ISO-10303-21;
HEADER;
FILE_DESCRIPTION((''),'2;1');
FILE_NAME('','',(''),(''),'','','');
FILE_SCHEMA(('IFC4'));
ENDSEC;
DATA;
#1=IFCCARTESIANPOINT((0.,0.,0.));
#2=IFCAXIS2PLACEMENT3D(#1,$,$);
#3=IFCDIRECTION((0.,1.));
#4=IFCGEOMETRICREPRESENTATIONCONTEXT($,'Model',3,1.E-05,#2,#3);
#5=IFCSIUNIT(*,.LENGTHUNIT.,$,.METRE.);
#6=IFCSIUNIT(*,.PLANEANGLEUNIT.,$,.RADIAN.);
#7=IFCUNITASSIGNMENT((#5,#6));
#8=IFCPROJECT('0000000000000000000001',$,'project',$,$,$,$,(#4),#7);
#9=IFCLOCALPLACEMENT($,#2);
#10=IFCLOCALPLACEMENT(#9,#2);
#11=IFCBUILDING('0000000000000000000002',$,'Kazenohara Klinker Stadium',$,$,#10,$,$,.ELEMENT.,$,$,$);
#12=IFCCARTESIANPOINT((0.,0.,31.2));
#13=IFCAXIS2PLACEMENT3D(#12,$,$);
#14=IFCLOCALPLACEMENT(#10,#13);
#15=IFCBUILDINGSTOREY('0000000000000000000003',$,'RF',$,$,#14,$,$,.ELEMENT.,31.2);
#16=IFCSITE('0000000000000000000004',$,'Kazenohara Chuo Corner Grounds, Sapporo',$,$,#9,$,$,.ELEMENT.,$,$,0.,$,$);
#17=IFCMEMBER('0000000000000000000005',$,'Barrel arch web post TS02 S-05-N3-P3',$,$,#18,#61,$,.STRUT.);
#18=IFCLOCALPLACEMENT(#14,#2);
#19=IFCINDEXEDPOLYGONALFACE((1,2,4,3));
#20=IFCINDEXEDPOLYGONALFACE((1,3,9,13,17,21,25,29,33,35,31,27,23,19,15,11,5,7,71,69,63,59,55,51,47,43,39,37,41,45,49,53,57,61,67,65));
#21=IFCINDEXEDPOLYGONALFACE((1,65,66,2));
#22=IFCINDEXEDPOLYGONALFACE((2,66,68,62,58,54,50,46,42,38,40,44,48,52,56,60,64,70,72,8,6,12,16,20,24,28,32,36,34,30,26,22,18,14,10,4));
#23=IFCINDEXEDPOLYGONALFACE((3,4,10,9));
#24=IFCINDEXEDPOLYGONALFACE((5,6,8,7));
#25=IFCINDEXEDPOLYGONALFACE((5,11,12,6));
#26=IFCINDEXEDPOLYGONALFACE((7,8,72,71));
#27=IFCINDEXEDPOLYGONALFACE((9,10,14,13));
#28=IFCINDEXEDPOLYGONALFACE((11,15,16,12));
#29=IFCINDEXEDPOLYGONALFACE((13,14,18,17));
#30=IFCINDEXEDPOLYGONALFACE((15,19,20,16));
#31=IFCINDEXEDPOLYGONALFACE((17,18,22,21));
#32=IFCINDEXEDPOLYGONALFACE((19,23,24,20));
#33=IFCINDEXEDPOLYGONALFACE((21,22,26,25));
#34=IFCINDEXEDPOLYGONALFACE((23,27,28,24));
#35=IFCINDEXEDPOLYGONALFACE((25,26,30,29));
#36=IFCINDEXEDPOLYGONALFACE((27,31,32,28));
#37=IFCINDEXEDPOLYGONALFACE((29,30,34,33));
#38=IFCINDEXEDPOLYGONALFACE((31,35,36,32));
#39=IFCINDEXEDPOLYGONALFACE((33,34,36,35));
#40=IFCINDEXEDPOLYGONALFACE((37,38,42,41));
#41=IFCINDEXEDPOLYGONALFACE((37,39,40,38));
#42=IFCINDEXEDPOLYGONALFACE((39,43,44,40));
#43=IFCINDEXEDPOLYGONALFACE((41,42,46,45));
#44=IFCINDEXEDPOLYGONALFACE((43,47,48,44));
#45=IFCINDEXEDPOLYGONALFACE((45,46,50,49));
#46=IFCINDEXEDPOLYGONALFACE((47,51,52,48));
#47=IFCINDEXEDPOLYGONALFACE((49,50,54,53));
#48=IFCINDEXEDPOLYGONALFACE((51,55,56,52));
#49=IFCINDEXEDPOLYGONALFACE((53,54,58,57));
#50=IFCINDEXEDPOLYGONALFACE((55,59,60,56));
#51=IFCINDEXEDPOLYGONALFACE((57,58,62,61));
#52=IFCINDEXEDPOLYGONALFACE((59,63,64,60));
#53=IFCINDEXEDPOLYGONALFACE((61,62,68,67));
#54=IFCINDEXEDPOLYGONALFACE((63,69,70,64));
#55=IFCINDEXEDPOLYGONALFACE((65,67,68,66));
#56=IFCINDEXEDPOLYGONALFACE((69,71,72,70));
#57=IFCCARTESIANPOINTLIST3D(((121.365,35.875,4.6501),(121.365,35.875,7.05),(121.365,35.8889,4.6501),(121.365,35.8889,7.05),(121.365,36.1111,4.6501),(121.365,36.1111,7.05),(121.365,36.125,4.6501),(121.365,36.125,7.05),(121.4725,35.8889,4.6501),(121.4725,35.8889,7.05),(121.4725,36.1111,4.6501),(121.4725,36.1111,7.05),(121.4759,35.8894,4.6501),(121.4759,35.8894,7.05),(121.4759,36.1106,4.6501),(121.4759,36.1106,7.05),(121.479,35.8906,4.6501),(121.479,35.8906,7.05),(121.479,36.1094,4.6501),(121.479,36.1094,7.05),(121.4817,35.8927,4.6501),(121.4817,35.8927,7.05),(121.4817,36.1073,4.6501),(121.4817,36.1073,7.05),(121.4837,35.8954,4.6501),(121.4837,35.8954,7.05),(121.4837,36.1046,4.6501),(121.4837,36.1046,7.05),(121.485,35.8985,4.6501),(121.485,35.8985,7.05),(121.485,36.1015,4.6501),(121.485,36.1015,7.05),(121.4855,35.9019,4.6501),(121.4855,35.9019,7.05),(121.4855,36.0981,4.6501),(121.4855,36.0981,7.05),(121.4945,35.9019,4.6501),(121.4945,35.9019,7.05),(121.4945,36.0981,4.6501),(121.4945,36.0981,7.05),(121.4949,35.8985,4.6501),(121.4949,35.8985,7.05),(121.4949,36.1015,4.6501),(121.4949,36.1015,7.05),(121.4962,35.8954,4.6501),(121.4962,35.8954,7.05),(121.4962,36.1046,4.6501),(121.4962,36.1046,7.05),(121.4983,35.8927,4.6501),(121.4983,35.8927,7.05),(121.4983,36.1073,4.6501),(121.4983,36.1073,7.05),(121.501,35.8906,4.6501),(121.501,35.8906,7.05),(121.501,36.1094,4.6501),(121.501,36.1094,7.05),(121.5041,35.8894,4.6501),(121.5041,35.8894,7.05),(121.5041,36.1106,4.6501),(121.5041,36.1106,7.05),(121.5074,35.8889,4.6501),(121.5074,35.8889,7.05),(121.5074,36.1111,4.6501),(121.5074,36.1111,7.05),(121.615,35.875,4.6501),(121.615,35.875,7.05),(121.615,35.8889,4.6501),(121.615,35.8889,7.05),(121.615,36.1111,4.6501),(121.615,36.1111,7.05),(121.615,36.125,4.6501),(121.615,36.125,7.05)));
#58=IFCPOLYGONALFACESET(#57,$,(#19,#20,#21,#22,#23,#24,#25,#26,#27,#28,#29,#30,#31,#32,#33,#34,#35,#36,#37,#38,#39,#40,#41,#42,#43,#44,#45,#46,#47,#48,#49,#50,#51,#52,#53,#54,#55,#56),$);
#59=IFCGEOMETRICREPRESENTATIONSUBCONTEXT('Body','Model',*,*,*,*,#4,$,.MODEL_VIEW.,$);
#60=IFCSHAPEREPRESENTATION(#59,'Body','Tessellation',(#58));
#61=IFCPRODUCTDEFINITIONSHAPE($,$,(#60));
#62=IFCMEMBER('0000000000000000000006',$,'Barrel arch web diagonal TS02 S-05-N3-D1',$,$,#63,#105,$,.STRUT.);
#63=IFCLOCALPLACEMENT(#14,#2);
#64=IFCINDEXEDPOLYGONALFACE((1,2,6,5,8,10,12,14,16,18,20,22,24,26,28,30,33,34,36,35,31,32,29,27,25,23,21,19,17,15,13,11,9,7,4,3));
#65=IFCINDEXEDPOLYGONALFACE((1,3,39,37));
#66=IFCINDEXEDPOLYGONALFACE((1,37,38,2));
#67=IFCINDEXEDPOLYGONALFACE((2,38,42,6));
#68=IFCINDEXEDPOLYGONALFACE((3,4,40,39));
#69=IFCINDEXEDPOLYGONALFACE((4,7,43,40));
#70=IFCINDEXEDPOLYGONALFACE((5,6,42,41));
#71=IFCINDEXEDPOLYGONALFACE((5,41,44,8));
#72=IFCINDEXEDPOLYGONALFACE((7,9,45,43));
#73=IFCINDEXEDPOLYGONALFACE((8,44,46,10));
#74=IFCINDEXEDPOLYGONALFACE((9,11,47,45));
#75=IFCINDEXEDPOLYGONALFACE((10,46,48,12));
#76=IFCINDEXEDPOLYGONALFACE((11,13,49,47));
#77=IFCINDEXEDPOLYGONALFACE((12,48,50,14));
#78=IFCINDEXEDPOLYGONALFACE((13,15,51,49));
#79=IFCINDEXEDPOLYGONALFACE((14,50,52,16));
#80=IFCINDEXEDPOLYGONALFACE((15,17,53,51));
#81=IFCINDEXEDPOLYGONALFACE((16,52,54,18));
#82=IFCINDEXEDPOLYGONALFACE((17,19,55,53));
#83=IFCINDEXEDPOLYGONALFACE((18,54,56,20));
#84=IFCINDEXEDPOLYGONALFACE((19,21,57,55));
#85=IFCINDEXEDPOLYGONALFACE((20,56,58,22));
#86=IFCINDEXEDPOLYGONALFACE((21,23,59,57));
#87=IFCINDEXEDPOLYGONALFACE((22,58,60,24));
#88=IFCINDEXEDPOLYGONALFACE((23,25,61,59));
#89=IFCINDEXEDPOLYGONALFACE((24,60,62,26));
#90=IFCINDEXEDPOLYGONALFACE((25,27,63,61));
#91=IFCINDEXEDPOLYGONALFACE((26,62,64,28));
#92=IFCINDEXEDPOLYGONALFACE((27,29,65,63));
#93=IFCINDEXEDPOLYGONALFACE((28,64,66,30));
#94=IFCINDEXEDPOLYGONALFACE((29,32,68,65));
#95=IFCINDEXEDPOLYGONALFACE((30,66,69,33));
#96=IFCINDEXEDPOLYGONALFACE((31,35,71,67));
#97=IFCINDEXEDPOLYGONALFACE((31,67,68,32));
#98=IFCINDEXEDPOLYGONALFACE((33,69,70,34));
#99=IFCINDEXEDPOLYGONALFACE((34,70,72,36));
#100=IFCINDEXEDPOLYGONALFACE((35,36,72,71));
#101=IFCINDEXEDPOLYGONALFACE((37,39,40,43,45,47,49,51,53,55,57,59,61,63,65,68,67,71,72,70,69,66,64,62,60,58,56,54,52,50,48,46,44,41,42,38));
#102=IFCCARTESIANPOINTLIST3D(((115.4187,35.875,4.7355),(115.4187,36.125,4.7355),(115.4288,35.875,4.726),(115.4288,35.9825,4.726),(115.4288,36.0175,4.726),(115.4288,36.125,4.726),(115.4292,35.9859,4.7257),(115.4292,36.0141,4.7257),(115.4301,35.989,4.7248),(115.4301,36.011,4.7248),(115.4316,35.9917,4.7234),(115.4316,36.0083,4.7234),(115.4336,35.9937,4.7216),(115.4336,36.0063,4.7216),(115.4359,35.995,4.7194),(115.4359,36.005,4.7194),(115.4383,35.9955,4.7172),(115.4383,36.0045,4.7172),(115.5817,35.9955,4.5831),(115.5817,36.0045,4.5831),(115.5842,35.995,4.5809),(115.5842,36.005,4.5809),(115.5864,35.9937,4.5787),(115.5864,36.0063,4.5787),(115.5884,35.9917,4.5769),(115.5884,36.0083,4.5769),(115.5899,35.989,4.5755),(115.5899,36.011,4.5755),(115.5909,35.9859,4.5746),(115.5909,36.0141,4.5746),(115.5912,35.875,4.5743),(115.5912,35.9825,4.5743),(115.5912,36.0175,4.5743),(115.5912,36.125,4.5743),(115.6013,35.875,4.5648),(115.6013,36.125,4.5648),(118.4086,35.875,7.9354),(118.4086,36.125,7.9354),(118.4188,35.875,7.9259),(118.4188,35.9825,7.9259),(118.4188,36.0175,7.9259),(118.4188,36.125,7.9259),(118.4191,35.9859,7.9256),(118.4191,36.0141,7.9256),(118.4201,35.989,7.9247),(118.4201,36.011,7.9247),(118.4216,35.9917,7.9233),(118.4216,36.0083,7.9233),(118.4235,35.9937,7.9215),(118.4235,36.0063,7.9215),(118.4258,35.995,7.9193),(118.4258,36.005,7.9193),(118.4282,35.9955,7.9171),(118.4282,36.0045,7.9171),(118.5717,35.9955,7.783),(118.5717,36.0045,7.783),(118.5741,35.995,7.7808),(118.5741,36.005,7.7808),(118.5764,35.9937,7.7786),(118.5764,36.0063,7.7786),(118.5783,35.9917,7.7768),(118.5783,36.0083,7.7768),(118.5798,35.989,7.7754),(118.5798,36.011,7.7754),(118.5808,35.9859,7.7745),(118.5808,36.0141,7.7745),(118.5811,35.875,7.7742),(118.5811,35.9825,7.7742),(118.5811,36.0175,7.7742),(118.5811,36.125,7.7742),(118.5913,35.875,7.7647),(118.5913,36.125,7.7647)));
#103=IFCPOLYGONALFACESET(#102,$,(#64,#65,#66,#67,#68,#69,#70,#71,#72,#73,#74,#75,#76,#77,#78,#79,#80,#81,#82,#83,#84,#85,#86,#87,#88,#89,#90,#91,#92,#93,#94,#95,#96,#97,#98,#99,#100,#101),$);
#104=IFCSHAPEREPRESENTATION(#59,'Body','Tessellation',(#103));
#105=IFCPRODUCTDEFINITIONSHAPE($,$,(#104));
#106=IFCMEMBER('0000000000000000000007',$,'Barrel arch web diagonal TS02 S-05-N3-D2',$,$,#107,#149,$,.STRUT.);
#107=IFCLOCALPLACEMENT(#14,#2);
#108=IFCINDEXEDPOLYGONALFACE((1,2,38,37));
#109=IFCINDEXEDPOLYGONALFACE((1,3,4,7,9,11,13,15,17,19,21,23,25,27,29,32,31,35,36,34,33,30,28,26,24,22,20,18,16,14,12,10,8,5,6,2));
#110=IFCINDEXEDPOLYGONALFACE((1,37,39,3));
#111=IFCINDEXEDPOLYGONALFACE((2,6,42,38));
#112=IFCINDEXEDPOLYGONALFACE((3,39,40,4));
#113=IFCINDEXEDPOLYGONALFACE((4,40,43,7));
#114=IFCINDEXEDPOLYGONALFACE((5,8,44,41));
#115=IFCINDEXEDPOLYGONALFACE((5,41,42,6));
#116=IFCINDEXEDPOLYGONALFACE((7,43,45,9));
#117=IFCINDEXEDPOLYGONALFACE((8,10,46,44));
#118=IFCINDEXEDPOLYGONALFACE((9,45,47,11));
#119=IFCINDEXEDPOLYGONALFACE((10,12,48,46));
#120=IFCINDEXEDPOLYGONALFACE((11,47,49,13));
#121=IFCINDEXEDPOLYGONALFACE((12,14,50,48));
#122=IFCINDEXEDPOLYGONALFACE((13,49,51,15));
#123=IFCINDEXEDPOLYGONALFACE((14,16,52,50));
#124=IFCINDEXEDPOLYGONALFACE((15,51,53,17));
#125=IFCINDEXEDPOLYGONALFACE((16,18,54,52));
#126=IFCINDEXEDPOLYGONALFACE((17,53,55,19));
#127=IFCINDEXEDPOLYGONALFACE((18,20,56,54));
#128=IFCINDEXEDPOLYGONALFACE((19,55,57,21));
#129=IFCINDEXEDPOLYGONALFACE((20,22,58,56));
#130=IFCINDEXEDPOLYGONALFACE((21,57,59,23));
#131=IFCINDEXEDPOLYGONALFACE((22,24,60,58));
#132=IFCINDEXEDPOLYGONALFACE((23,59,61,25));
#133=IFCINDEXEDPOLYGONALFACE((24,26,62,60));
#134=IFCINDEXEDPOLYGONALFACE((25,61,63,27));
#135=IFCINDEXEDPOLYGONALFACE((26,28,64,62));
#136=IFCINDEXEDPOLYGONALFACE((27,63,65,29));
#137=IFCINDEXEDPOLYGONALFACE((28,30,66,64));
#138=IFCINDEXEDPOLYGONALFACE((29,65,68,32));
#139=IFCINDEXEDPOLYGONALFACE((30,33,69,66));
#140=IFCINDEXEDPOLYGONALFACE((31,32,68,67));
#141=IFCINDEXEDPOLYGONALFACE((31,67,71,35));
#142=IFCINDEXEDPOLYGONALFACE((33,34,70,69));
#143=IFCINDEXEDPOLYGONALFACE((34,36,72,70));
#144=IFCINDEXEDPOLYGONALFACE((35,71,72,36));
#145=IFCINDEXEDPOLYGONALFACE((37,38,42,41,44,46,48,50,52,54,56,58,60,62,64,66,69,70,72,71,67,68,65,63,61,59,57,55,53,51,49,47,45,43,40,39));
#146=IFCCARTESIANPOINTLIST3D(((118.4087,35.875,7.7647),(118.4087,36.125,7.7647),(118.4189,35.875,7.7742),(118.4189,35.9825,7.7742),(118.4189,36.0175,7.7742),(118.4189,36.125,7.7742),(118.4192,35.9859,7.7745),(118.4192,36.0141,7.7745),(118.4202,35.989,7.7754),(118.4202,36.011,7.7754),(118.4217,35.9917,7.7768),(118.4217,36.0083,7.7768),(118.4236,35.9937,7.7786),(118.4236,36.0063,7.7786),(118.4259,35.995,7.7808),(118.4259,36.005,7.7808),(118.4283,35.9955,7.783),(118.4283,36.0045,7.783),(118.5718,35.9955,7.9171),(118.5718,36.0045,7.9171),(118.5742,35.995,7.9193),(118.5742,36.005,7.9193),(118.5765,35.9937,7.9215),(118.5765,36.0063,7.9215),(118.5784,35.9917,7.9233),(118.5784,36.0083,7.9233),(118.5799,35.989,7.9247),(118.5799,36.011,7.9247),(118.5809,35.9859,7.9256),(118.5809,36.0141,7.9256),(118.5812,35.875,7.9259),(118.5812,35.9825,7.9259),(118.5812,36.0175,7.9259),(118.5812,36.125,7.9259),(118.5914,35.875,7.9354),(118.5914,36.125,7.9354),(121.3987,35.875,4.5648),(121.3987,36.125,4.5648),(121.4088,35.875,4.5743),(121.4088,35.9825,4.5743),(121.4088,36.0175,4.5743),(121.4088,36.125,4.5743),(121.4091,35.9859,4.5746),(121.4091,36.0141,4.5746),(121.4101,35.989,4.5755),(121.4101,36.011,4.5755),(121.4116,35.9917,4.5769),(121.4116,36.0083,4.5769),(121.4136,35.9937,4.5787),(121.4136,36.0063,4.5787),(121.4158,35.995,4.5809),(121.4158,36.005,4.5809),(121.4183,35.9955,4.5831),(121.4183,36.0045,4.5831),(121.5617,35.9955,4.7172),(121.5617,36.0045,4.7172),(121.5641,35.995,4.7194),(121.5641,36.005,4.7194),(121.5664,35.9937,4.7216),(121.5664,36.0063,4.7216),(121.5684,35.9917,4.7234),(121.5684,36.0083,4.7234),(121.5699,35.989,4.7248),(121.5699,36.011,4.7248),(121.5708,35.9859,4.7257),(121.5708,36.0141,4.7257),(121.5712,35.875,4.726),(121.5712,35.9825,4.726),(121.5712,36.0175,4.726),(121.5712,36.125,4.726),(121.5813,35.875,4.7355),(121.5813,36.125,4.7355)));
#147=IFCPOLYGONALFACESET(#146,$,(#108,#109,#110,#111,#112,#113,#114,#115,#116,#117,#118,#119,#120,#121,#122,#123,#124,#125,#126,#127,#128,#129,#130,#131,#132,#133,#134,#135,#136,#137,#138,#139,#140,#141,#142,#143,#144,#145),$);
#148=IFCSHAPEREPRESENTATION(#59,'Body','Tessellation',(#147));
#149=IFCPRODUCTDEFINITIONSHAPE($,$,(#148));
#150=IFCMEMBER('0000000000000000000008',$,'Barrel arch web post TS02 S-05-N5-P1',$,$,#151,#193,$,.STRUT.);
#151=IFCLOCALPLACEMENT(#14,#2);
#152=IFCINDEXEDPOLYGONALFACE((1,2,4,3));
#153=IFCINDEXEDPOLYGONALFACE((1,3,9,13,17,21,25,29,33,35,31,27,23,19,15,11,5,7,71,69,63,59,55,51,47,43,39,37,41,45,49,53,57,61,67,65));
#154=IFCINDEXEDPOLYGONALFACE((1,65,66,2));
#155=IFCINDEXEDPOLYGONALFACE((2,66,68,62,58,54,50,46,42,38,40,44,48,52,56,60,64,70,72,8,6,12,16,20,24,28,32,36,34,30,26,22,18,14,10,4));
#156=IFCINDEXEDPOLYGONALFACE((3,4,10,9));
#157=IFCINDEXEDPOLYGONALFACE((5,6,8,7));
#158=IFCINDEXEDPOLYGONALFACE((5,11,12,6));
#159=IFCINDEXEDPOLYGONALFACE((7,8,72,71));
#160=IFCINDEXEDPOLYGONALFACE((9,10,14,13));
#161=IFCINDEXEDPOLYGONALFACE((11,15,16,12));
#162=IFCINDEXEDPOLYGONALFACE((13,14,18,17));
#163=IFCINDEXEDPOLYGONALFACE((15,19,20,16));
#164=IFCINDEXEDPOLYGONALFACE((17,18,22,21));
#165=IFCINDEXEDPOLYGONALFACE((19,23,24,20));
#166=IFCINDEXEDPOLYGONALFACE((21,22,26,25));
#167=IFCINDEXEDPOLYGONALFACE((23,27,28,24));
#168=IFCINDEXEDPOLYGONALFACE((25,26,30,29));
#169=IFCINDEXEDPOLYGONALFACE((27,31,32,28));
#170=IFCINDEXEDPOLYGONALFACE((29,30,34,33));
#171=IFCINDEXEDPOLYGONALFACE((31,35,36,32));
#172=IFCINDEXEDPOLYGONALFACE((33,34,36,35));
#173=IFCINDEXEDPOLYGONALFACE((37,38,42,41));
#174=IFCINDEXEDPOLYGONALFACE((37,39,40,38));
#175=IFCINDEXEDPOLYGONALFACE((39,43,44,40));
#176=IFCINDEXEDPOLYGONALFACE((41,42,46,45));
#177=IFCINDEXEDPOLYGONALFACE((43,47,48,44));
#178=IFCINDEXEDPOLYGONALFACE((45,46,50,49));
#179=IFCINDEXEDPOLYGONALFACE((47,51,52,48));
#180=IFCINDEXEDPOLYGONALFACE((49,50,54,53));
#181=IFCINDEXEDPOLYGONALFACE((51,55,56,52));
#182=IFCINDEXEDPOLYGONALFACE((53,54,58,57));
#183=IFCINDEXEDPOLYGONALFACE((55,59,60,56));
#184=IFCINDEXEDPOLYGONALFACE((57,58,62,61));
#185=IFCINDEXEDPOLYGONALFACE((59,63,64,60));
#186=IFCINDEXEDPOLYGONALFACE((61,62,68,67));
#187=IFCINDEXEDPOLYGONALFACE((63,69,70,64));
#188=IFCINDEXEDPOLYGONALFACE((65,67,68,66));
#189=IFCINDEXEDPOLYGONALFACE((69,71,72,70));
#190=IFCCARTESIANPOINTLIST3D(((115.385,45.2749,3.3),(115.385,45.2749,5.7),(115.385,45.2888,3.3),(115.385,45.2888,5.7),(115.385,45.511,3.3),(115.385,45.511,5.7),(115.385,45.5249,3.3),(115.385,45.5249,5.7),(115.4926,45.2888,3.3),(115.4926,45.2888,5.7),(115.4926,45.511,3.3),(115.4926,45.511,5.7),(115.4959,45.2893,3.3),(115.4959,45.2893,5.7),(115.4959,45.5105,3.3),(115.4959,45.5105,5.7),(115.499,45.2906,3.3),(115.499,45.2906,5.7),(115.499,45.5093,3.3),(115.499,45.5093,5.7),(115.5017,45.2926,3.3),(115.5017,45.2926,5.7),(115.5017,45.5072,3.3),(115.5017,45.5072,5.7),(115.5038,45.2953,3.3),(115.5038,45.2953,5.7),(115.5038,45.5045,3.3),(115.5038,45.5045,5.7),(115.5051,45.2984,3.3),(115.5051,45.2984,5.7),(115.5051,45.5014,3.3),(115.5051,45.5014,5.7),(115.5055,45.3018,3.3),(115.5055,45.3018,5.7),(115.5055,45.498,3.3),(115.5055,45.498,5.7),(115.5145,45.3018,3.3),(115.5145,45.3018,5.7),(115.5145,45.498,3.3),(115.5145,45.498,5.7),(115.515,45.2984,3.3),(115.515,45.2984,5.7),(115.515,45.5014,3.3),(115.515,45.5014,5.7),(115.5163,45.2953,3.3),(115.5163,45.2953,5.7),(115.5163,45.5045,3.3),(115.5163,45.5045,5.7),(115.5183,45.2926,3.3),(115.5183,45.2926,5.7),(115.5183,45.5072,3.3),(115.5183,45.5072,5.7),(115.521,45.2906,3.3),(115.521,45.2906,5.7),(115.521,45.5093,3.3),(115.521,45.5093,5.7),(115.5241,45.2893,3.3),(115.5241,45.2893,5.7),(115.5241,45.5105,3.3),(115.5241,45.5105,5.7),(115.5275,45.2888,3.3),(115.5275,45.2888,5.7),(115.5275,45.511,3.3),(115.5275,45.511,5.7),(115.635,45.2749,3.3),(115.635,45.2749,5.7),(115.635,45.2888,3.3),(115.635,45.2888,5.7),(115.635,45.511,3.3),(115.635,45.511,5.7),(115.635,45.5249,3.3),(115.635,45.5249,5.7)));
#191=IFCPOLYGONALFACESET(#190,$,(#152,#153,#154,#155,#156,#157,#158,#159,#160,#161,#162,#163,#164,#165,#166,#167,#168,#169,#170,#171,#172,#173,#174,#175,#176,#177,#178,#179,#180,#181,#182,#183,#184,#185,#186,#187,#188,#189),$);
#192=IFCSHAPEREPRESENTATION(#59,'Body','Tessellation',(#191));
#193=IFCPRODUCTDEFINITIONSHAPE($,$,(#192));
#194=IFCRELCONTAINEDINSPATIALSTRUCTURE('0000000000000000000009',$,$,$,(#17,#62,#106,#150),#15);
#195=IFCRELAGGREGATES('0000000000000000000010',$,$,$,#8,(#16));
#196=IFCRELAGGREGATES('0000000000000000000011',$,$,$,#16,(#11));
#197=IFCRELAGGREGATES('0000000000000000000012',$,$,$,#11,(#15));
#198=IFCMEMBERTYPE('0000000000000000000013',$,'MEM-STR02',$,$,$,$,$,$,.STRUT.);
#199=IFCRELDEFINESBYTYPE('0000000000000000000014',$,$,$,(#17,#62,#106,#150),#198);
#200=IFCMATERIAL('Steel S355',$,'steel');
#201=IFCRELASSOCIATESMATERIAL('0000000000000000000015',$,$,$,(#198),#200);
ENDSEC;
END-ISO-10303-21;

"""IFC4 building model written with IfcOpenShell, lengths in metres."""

from ifc_helpers import new_model, si_unit, direction, frame, origin, origin_2d, place, context, subcontext, project, spatial, i_section, extrude, material, material_profile, profile_set, type_object, element, save


model = new_model("IFC4")

# Units and contexts
model_context = context("Model", 3, precision=1e-05, world=origin(), true_north=direction((0.0, 1.0)))
body_context = subcontext(model_context, "Body", "Model", "MODEL_VIEW")
ifc_project = project(units=[si_unit("LENGTHUNIT", "METRE"), si_unit("PLANEANGLEUNIT", "RADIAN")], contexts=[model_context])

# Site, building, storey
site_placement = place(None, origin())
site = spatial("IfcSite", under=ifc_project, at=site_placement, Name="Kazenohara Chuo Corner Grounds, Sapporo", CompositionType="ELEMENT", RefElevation=0.0)
building_placement = place(site_placement, origin())
building = spatial("IfcBuilding", under=site, at=building_placement, Name="Kazenohara Klinker Stadium", CompositionType="ELEMENT")
storey_placement = place(building_placement, frame((0.0, 0.0, 31.2)))
storey = spatial("IfcBuildingStorey", under=building, at=storey_placement, Name="RF", CompositionType="ELEMENT", Elevation=31.2)

# Members
ifc_material_1 = material(Name="Steel S355", Category="steel")
ifc_material_profile_1 = material_profile(ifc_material_1, i_section(OverallWidth=0.25, OverallDepth=0.25, WebThickness=0.009, FlangeThickness=0.0139, FilletRadius=0.0129, at=origin_2d()), Name="H-250x250x9x14")
ifc_profile_set_1 = profile_set([ifc_material_profile_1], Name="Steel S355")
member_type_1 = type_object("IfcMemberType", Name="MEM-STR02", PredefinedType="STRUT", material=ifc_profile_set_1)
member_1_placement = place(storey_placement, frame((121.49, 36.0, 4.6501), z_axis=(0.0, 0.0, 1.0), x_axis=(1.0, 0.0, 0.0)))
element("IfcMember", 1, at=member_1_placement, inside=storey, type_object=member_type_1, Name="Barrel arch web post TS02 S-05-N3-P3", PredefinedType="STRUT", context=body_context, shape_type="SweptSolid", body=[
    extrude(i_section(OverallWidth=0.25, OverallDepth=0.25, WebThickness=0.009, FlangeThickness=0.0139, FilletRadius=0.0129, at=origin_2d()), origin(), (0.0, 0.0, 1.0), 2.3999),
])
for number, where, z_axis, x_axis, name in (
    (2, (115.51, 36.0, 4.6501), (0.682729, 0.0, 0.730671), (0.0, 1.0, 0.0), "Barrel arch web diagonal TS02 S-05-N3-D1"),
    (3, (121.49, 36.0, 4.6501), (-0.682729, 0.0, 0.730671), (0.0, -1.0, 0.0), "Barrel arch web diagonal TS02 S-05-N3-D2"),
):
    element("IfcMember", number, at=place(storey_placement, frame(where, z_axis=z_axis, x_axis=x_axis)), inside=storey, type_object=member_type_1, Name=name, PredefinedType="STRUT", context=body_context, shape_type="SweptSolid", body=[
        extrude(i_section(OverallWidth=0.25, OverallDepth=0.25, WebThickness=0.009, FlangeThickness=0.0139, FilletRadius=0.0129, at=origin_2d()), origin(), (0.0, 0.0, 1.0), 4.3794),
    ])
member_2_placement = place(storey_placement, frame((115.51, 45.3999, 3.3), z_axis=(0.0, 0.0, 1.0), x_axis=(1.0, 0.0, 0.0)))
element("IfcMember", 4, at=member_2_placement, inside=storey, type_object=member_type_1, Name="Barrel arch web post TS02 S-05-N5-P1", PredefinedType="STRUT", context=body_context, shape_type="SweptSolid", body=[
    extrude(i_section(OverallWidth=0.25, OverallDepth=0.25, WebThickness=0.009, FlangeThickness=0.0139, FilletRadius=0.0129, at=origin_2d()), origin(), (0.0, 0.0, 1.0), 2.3999),
])

save(model, "model.ifc")
